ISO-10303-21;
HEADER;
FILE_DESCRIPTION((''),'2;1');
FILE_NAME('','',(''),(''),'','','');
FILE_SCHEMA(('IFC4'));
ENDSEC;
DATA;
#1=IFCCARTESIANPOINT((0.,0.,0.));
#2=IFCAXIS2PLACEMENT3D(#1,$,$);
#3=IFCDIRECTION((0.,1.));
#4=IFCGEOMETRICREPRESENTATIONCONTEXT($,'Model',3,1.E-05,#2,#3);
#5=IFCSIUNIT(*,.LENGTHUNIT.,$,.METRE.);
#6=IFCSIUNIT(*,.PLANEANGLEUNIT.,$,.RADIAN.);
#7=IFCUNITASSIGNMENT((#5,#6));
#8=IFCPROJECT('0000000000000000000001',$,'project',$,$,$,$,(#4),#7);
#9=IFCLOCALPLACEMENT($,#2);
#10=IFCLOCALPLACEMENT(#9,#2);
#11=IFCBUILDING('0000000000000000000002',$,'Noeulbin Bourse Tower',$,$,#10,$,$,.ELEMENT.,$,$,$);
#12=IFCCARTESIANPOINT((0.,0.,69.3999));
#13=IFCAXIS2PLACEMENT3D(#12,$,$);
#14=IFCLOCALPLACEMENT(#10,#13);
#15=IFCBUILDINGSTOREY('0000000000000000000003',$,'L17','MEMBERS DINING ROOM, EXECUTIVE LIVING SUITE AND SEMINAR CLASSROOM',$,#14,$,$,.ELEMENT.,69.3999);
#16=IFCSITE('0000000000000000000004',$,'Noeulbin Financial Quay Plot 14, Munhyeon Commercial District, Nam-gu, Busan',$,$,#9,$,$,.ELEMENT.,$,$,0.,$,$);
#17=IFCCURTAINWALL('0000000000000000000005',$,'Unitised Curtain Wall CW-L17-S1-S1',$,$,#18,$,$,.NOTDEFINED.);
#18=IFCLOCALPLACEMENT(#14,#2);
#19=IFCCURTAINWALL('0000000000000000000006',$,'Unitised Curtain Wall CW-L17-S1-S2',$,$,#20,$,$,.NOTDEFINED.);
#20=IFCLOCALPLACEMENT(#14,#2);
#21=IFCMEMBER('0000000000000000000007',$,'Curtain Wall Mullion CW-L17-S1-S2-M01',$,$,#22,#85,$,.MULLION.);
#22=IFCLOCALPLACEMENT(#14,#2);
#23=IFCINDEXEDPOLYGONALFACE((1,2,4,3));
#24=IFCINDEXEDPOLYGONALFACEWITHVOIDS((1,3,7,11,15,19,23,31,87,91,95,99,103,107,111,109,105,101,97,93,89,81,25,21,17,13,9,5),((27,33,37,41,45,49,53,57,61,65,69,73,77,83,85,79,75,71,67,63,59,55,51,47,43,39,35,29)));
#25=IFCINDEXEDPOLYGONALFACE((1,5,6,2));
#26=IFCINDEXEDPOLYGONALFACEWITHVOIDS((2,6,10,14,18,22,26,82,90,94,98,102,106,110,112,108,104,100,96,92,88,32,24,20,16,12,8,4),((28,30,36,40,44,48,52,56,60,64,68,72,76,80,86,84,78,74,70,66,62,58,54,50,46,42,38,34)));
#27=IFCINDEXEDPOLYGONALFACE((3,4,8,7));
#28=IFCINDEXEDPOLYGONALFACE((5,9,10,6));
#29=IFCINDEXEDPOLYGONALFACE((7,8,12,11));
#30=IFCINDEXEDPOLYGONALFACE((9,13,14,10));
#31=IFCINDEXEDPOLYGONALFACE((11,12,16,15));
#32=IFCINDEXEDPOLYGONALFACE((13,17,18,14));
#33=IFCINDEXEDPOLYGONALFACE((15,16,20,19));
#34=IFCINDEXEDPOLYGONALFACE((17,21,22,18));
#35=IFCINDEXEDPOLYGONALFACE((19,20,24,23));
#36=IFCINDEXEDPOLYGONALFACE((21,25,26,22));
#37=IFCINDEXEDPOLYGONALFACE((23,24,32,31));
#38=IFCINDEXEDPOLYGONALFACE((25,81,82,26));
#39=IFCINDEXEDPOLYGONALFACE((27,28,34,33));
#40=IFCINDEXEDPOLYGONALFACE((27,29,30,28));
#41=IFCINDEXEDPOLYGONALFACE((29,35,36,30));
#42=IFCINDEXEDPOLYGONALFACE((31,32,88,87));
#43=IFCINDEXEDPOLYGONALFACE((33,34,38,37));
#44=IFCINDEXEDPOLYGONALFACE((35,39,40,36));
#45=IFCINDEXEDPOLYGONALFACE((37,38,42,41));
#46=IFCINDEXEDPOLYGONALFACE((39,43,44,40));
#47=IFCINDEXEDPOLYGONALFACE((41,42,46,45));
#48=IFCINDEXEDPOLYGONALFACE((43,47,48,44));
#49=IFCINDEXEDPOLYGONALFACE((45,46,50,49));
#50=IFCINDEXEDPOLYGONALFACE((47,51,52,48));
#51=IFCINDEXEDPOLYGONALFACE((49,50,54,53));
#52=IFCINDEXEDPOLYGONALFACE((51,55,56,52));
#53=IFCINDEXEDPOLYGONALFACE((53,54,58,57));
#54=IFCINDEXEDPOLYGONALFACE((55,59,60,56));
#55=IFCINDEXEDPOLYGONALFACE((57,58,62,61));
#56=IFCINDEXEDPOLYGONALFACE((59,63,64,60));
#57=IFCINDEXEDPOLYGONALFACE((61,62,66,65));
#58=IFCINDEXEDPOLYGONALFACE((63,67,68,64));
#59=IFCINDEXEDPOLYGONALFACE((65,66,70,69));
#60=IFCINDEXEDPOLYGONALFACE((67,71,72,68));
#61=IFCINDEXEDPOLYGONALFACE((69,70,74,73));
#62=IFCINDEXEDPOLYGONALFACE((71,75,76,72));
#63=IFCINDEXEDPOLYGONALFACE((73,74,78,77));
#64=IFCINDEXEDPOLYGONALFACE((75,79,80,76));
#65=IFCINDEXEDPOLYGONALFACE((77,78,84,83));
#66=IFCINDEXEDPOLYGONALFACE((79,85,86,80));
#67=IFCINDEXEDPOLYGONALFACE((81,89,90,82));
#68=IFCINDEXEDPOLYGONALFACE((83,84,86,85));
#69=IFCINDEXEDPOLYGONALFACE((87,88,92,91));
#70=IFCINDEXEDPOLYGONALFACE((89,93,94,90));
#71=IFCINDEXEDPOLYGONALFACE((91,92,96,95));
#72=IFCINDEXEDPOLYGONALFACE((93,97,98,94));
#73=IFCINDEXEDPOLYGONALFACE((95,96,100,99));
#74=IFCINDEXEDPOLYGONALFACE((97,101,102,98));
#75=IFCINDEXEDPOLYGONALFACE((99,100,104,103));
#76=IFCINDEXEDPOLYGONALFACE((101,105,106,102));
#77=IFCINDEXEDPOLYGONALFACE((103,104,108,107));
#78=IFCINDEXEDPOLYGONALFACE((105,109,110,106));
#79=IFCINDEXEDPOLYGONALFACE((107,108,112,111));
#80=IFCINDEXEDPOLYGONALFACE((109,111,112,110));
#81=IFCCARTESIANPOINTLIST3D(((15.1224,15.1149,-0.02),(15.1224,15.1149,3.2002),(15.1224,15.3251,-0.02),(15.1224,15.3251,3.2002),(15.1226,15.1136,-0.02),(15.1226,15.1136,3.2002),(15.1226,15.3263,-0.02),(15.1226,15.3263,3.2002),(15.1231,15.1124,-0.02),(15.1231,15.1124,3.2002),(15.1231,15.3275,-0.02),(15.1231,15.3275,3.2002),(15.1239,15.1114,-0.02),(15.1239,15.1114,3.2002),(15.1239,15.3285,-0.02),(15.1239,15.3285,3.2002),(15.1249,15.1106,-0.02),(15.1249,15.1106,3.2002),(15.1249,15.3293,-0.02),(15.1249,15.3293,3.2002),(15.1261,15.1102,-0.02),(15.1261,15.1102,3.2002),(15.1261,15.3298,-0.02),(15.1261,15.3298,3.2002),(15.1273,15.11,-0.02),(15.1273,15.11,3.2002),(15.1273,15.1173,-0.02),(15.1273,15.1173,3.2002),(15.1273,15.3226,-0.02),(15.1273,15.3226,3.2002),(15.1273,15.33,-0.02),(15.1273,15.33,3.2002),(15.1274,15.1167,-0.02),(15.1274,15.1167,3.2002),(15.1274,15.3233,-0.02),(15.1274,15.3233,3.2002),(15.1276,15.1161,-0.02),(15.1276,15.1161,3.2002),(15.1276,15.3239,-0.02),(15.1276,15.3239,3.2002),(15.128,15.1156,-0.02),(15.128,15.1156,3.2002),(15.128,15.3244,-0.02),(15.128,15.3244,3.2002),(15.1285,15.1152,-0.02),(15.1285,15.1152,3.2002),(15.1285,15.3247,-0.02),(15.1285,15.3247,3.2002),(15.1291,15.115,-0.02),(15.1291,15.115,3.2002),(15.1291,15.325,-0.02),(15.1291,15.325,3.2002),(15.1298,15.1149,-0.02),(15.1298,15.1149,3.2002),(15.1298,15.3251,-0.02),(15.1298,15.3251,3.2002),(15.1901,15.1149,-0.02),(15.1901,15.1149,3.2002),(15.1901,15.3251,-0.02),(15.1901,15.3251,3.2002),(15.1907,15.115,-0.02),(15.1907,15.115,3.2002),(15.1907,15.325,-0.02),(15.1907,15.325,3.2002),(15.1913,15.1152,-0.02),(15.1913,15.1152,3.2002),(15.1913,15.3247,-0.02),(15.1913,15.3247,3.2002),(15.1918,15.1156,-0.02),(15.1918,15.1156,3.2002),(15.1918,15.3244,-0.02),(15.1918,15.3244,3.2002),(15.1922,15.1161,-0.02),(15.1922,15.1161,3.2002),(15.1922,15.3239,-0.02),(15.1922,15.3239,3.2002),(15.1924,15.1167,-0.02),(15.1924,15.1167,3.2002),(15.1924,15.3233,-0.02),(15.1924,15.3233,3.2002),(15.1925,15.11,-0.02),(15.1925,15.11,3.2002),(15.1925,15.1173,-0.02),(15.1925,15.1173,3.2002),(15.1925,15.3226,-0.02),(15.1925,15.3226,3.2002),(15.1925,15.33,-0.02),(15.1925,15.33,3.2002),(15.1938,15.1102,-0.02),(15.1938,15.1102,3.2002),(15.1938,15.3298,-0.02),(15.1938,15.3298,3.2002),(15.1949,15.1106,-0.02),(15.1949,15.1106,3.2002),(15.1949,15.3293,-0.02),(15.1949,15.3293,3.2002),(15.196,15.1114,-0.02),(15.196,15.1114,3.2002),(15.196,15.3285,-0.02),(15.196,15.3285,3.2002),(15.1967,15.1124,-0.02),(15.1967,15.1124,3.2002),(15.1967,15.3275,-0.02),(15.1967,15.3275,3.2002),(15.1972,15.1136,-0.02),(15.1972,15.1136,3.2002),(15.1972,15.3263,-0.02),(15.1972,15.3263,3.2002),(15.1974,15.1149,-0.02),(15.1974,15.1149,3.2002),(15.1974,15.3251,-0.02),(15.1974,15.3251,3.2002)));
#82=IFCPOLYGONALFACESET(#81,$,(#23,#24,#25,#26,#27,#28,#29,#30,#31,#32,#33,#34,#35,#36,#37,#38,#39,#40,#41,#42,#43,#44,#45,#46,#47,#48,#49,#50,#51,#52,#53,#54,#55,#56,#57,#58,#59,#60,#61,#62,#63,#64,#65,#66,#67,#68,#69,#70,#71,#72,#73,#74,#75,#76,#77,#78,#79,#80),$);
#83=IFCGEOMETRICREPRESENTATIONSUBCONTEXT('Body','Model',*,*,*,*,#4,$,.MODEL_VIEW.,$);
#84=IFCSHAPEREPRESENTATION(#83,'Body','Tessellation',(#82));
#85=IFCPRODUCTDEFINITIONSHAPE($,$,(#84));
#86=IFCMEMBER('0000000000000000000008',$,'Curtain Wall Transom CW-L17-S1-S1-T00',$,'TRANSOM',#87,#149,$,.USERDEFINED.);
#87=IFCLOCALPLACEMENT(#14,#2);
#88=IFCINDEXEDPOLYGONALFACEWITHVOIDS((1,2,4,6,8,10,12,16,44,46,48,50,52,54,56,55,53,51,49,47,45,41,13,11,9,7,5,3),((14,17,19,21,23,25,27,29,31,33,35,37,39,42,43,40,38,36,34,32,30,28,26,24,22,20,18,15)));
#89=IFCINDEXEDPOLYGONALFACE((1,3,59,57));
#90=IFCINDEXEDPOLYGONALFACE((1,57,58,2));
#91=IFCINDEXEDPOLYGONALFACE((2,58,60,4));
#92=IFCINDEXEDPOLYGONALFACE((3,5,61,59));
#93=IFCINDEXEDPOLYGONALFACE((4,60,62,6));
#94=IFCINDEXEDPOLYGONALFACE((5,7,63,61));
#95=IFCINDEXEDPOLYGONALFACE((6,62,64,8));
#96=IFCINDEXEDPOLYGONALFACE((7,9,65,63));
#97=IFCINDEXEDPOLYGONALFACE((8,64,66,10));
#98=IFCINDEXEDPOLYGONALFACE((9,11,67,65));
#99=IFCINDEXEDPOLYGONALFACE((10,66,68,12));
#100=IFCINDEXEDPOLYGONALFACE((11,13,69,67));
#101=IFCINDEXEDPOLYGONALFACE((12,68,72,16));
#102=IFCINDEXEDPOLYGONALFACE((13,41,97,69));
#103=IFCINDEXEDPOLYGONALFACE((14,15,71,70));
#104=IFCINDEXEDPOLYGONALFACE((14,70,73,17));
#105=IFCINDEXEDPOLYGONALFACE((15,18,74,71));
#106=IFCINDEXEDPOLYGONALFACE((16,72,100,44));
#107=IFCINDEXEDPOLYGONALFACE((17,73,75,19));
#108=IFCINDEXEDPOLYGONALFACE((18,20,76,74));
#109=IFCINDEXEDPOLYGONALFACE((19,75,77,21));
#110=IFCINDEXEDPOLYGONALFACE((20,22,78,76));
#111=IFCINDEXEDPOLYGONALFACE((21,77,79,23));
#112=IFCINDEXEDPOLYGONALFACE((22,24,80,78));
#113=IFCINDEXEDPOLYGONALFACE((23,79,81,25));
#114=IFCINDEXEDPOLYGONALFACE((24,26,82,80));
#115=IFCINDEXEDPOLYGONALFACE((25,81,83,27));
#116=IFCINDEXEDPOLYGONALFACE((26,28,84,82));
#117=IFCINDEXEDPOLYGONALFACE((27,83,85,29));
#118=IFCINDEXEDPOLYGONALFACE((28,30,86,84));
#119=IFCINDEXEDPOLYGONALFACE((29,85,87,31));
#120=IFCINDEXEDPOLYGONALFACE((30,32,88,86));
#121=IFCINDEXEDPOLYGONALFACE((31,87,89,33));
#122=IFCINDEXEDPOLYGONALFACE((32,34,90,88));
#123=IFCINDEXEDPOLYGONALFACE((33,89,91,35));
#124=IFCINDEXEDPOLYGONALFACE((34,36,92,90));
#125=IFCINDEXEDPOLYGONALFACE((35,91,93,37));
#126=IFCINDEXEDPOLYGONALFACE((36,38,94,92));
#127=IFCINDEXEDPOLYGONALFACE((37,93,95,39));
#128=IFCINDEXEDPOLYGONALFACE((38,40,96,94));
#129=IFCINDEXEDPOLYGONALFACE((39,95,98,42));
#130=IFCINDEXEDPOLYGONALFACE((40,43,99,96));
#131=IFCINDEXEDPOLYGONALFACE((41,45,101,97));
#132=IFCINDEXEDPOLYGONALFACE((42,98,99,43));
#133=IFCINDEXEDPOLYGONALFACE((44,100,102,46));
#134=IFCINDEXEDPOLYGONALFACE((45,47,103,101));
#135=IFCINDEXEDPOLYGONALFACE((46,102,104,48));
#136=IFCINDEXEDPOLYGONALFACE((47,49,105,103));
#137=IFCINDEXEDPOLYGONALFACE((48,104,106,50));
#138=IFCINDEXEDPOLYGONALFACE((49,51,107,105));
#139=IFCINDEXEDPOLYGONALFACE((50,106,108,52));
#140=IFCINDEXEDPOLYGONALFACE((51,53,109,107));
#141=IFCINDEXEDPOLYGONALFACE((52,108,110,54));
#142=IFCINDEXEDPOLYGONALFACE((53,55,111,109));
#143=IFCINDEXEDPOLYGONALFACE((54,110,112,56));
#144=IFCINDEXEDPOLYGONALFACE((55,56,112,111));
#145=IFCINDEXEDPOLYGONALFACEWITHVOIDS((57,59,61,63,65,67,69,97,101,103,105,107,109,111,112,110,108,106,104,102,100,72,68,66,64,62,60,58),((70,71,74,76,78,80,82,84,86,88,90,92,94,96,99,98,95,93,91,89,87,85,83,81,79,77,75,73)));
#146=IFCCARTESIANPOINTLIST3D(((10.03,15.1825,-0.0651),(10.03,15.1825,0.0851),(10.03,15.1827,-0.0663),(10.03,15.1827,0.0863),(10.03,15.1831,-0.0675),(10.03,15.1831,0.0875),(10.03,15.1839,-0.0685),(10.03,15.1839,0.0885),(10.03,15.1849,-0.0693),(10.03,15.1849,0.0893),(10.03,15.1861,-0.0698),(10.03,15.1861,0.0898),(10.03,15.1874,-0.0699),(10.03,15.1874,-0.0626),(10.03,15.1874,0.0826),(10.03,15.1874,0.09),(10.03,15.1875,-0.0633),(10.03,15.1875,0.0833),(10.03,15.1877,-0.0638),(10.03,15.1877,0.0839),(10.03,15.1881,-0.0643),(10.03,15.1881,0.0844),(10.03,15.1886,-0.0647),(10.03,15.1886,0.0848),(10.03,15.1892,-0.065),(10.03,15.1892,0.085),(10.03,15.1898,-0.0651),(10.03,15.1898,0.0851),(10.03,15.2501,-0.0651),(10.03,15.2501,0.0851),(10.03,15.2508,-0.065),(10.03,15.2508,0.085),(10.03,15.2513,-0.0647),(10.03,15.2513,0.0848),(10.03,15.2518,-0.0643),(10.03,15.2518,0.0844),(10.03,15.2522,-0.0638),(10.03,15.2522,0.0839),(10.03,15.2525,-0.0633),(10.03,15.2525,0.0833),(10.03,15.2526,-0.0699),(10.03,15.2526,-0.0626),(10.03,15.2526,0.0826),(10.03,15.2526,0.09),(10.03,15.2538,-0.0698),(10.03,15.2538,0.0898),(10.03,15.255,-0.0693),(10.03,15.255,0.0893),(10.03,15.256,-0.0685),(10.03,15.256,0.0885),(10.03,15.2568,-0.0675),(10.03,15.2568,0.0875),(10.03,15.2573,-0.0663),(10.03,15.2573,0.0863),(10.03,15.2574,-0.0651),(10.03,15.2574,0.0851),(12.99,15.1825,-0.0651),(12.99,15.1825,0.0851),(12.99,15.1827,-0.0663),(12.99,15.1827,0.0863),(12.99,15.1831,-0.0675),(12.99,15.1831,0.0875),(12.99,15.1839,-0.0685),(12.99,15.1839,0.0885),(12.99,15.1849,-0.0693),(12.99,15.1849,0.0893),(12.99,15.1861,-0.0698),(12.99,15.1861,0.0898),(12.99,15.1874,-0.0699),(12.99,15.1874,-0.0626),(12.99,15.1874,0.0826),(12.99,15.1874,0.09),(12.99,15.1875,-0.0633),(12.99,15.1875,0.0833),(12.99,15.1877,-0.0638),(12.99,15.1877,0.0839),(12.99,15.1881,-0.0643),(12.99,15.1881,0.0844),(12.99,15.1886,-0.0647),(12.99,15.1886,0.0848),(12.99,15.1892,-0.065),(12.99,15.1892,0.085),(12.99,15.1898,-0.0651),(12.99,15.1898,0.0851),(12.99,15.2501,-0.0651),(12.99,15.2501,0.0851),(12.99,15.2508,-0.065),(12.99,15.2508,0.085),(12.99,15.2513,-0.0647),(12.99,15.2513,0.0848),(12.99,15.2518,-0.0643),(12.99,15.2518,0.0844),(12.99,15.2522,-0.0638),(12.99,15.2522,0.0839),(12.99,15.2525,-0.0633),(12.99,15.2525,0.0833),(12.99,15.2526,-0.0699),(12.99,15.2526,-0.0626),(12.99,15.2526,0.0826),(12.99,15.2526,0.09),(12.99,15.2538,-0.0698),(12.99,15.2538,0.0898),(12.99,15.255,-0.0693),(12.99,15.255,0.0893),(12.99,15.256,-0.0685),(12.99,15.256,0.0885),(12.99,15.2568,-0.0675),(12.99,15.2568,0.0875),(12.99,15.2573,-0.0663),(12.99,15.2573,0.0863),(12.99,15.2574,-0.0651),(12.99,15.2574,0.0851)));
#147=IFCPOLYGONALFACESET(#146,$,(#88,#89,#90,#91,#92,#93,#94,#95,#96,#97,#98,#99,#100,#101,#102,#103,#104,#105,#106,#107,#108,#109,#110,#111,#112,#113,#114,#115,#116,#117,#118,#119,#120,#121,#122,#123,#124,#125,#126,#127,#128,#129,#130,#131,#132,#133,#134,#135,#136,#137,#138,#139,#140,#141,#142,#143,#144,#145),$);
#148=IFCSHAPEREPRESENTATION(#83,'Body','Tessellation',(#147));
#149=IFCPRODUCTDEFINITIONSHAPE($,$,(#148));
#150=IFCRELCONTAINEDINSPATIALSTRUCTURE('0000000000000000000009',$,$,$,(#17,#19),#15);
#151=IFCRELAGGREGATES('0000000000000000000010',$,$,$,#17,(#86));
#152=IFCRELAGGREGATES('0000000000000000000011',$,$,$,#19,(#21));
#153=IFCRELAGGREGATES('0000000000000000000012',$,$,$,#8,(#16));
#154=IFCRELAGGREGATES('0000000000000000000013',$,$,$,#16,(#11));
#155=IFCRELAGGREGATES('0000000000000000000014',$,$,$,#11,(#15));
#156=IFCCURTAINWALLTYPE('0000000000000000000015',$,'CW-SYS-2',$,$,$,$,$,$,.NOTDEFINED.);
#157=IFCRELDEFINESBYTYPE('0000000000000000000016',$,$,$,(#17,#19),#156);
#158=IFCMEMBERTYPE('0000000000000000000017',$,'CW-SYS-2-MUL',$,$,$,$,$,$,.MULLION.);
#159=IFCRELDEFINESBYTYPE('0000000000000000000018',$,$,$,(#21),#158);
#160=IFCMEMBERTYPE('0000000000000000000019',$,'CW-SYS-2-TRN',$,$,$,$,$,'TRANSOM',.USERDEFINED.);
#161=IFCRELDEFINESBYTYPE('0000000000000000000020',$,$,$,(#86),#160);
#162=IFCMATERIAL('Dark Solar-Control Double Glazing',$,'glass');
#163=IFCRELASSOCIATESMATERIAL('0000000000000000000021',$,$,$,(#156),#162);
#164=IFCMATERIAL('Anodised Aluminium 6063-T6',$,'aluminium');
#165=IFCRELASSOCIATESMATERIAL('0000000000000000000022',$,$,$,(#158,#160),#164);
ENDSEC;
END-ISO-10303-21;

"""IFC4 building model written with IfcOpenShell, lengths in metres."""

from ifc_helpers import new_model, si_unit, direction, frame, origin, origin_2d, place, context, subcontext, project, spatial, hollow_rectangle, extrude, material, material_profile, profile_set, type_object, element, aggregate, save


model = new_model("IFC4")

# Units and contexts
model_context = context("Model", 3, precision=1e-05, world=origin(), true_north=direction((0.0, 1.0)))
body_context = subcontext(model_context, "Body", "Model", "MODEL_VIEW")
ifc_project = project(units=[si_unit("LENGTHUNIT", "METRE"), si_unit("PLANEANGLEUNIT", "RADIAN")], contexts=[model_context])

# Site, building, storey
site_placement = place(None, origin())
site = spatial("IfcSite", under=ifc_project, at=site_placement, Name="Noeulbin Financial Quay Plot 14, Munhyeon Commercial District, Nam-gu, Busan", CompositionType="ELEMENT", RefElevation=0.0)
building_placement = place(site_placement, origin())
building = spatial("IfcBuilding", under=site, at=building_placement, Name="Noeulbin Bourse Tower", CompositionType="ELEMENT")
storey_placement = place(building_placement, frame((0.0, 0.0, 69.3999)))
storey = spatial("IfcBuildingStorey", under=building, at=storey_placement, Name="L17", Description="MEMBERS DINING ROOM, EXECUTIVE LIVING SUITE AND SEMINAR CLASSROOM", CompositionType="ELEMENT", Elevation=69.3999)

# Curtain walls, member
ifc_material_1 = material(Name="Dark Solar-Control Double Glazing", Category="glass")
curtain_wall_type = type_object("IfcCurtainWallType", Name="CW-SYS-2", PredefinedType="NOTDEFINED", material=ifc_material_1)
curtain_wall_1_placement = place(storey_placement, origin())
curtain_wall_1 = element("IfcCurtainWall", 1, at=curtain_wall_1_placement, inside=storey, type_object=curtain_wall_type, Name="Unitised Curtain Wall CW-L17-S1-S1", PredefinedType="NOTDEFINED")
ifc_material_2 = material(Name="Anodised Aluminium 6063-T6", Category="aluminium")
ifc_material_profile_1 = material_profile(ifc_material_2, hollow_rectangle(XDim=0.075, YDim=0.22, WallThickness=0.0049, InnerFilletRadius=0.0024, OuterFilletRadius=0.0049, at=origin_2d()), Name="ALU-MULL-75x220x5", Category="LoadBearing")
ifc_profile_set_1 = profile_set([ifc_material_profile_1], Name="Anodised Aluminium 6063-T6")
member_type_1 = type_object("IfcMemberType", Name="CW-SYS-2-MUL", PredefinedType="MULLION", material=ifc_profile_set_1)
curtain_wall_2_placement = place(storey_placement, origin())
curtain_wall_2 = element("IfcCurtainWall", 2, at=curtain_wall_2_placement, inside=storey, type_object=curtain_wall_type, Name="Unitised Curtain Wall CW-L17-S1-S2", PredefinedType="NOTDEFINED")
member_1_placement = place(storey_placement, frame((15.1599, 15.22, -0.02), z_axis=(0.0, 0.0, 1.0), x_axis=(1.0, 0.0, 0.0)))
member_1 = element("IfcMember", 3, at=member_1_placement, type_object=member_type_1, Name="Curtain Wall Mullion CW-L17-S1-S2-M01", PredefinedType="MULLION", context=body_context, shape_type="SweptSolid", body=[
    extrude(hollow_rectangle(XDim=0.075, YDim=0.22, WallThickness=0.0049, InnerFilletRadius=0.0024, OuterFilletRadius=0.0049, at=origin_2d()), origin(), (0.0, 0.0, 1.0), 3.2202),
])

# Member
ifc_material_profile_2 = material_profile(ifc_material_2, hollow_rectangle(XDim=0.075, YDim=0.1599, WallThickness=0.0049, InnerFilletRadius=0.0024, OuterFilletRadius=0.0049, at=origin_2d()), Name="ALU-TRAN-75x160x5", Category="LoadBearing")
ifc_profile_set_2 = profile_set([ifc_material_profile_2], Name="Anodised Aluminium 6063-T6")
member_type_2 = type_object("IfcMemberType", Name="CW-SYS-2-TRN", ElementType="TRANSOM", PredefinedType="USERDEFINED", material=ifc_profile_set_2)
member_2_placement = place(storey_placement, frame((10.03, 15.22, 0.01), z_axis=(1.0, 0.0, 0.0), x_axis=(0.0, 1.0, 0.0)))
member_2 = element("IfcMember", 4, at=member_2_placement, type_object=member_type_2, Name="Curtain Wall Transom CW-L17-S1-S1-T00", ObjectType="TRANSOM", PredefinedType="USERDEFINED", context=body_context, shape_type="SweptSolid", body=[
    extrude(hollow_rectangle(XDim=0.075, YDim=0.1599, WallThickness=0.0049, InnerFilletRadius=0.0024, OuterFilletRadius=0.0049, at=origin_2d()), origin(), (0.0, 0.0, 1.0), 2.96),
])

aggregate(curtain_wall_1, [member_2])
aggregate(curtain_wall_2, [member_1])

save(model, "model.ifc")
